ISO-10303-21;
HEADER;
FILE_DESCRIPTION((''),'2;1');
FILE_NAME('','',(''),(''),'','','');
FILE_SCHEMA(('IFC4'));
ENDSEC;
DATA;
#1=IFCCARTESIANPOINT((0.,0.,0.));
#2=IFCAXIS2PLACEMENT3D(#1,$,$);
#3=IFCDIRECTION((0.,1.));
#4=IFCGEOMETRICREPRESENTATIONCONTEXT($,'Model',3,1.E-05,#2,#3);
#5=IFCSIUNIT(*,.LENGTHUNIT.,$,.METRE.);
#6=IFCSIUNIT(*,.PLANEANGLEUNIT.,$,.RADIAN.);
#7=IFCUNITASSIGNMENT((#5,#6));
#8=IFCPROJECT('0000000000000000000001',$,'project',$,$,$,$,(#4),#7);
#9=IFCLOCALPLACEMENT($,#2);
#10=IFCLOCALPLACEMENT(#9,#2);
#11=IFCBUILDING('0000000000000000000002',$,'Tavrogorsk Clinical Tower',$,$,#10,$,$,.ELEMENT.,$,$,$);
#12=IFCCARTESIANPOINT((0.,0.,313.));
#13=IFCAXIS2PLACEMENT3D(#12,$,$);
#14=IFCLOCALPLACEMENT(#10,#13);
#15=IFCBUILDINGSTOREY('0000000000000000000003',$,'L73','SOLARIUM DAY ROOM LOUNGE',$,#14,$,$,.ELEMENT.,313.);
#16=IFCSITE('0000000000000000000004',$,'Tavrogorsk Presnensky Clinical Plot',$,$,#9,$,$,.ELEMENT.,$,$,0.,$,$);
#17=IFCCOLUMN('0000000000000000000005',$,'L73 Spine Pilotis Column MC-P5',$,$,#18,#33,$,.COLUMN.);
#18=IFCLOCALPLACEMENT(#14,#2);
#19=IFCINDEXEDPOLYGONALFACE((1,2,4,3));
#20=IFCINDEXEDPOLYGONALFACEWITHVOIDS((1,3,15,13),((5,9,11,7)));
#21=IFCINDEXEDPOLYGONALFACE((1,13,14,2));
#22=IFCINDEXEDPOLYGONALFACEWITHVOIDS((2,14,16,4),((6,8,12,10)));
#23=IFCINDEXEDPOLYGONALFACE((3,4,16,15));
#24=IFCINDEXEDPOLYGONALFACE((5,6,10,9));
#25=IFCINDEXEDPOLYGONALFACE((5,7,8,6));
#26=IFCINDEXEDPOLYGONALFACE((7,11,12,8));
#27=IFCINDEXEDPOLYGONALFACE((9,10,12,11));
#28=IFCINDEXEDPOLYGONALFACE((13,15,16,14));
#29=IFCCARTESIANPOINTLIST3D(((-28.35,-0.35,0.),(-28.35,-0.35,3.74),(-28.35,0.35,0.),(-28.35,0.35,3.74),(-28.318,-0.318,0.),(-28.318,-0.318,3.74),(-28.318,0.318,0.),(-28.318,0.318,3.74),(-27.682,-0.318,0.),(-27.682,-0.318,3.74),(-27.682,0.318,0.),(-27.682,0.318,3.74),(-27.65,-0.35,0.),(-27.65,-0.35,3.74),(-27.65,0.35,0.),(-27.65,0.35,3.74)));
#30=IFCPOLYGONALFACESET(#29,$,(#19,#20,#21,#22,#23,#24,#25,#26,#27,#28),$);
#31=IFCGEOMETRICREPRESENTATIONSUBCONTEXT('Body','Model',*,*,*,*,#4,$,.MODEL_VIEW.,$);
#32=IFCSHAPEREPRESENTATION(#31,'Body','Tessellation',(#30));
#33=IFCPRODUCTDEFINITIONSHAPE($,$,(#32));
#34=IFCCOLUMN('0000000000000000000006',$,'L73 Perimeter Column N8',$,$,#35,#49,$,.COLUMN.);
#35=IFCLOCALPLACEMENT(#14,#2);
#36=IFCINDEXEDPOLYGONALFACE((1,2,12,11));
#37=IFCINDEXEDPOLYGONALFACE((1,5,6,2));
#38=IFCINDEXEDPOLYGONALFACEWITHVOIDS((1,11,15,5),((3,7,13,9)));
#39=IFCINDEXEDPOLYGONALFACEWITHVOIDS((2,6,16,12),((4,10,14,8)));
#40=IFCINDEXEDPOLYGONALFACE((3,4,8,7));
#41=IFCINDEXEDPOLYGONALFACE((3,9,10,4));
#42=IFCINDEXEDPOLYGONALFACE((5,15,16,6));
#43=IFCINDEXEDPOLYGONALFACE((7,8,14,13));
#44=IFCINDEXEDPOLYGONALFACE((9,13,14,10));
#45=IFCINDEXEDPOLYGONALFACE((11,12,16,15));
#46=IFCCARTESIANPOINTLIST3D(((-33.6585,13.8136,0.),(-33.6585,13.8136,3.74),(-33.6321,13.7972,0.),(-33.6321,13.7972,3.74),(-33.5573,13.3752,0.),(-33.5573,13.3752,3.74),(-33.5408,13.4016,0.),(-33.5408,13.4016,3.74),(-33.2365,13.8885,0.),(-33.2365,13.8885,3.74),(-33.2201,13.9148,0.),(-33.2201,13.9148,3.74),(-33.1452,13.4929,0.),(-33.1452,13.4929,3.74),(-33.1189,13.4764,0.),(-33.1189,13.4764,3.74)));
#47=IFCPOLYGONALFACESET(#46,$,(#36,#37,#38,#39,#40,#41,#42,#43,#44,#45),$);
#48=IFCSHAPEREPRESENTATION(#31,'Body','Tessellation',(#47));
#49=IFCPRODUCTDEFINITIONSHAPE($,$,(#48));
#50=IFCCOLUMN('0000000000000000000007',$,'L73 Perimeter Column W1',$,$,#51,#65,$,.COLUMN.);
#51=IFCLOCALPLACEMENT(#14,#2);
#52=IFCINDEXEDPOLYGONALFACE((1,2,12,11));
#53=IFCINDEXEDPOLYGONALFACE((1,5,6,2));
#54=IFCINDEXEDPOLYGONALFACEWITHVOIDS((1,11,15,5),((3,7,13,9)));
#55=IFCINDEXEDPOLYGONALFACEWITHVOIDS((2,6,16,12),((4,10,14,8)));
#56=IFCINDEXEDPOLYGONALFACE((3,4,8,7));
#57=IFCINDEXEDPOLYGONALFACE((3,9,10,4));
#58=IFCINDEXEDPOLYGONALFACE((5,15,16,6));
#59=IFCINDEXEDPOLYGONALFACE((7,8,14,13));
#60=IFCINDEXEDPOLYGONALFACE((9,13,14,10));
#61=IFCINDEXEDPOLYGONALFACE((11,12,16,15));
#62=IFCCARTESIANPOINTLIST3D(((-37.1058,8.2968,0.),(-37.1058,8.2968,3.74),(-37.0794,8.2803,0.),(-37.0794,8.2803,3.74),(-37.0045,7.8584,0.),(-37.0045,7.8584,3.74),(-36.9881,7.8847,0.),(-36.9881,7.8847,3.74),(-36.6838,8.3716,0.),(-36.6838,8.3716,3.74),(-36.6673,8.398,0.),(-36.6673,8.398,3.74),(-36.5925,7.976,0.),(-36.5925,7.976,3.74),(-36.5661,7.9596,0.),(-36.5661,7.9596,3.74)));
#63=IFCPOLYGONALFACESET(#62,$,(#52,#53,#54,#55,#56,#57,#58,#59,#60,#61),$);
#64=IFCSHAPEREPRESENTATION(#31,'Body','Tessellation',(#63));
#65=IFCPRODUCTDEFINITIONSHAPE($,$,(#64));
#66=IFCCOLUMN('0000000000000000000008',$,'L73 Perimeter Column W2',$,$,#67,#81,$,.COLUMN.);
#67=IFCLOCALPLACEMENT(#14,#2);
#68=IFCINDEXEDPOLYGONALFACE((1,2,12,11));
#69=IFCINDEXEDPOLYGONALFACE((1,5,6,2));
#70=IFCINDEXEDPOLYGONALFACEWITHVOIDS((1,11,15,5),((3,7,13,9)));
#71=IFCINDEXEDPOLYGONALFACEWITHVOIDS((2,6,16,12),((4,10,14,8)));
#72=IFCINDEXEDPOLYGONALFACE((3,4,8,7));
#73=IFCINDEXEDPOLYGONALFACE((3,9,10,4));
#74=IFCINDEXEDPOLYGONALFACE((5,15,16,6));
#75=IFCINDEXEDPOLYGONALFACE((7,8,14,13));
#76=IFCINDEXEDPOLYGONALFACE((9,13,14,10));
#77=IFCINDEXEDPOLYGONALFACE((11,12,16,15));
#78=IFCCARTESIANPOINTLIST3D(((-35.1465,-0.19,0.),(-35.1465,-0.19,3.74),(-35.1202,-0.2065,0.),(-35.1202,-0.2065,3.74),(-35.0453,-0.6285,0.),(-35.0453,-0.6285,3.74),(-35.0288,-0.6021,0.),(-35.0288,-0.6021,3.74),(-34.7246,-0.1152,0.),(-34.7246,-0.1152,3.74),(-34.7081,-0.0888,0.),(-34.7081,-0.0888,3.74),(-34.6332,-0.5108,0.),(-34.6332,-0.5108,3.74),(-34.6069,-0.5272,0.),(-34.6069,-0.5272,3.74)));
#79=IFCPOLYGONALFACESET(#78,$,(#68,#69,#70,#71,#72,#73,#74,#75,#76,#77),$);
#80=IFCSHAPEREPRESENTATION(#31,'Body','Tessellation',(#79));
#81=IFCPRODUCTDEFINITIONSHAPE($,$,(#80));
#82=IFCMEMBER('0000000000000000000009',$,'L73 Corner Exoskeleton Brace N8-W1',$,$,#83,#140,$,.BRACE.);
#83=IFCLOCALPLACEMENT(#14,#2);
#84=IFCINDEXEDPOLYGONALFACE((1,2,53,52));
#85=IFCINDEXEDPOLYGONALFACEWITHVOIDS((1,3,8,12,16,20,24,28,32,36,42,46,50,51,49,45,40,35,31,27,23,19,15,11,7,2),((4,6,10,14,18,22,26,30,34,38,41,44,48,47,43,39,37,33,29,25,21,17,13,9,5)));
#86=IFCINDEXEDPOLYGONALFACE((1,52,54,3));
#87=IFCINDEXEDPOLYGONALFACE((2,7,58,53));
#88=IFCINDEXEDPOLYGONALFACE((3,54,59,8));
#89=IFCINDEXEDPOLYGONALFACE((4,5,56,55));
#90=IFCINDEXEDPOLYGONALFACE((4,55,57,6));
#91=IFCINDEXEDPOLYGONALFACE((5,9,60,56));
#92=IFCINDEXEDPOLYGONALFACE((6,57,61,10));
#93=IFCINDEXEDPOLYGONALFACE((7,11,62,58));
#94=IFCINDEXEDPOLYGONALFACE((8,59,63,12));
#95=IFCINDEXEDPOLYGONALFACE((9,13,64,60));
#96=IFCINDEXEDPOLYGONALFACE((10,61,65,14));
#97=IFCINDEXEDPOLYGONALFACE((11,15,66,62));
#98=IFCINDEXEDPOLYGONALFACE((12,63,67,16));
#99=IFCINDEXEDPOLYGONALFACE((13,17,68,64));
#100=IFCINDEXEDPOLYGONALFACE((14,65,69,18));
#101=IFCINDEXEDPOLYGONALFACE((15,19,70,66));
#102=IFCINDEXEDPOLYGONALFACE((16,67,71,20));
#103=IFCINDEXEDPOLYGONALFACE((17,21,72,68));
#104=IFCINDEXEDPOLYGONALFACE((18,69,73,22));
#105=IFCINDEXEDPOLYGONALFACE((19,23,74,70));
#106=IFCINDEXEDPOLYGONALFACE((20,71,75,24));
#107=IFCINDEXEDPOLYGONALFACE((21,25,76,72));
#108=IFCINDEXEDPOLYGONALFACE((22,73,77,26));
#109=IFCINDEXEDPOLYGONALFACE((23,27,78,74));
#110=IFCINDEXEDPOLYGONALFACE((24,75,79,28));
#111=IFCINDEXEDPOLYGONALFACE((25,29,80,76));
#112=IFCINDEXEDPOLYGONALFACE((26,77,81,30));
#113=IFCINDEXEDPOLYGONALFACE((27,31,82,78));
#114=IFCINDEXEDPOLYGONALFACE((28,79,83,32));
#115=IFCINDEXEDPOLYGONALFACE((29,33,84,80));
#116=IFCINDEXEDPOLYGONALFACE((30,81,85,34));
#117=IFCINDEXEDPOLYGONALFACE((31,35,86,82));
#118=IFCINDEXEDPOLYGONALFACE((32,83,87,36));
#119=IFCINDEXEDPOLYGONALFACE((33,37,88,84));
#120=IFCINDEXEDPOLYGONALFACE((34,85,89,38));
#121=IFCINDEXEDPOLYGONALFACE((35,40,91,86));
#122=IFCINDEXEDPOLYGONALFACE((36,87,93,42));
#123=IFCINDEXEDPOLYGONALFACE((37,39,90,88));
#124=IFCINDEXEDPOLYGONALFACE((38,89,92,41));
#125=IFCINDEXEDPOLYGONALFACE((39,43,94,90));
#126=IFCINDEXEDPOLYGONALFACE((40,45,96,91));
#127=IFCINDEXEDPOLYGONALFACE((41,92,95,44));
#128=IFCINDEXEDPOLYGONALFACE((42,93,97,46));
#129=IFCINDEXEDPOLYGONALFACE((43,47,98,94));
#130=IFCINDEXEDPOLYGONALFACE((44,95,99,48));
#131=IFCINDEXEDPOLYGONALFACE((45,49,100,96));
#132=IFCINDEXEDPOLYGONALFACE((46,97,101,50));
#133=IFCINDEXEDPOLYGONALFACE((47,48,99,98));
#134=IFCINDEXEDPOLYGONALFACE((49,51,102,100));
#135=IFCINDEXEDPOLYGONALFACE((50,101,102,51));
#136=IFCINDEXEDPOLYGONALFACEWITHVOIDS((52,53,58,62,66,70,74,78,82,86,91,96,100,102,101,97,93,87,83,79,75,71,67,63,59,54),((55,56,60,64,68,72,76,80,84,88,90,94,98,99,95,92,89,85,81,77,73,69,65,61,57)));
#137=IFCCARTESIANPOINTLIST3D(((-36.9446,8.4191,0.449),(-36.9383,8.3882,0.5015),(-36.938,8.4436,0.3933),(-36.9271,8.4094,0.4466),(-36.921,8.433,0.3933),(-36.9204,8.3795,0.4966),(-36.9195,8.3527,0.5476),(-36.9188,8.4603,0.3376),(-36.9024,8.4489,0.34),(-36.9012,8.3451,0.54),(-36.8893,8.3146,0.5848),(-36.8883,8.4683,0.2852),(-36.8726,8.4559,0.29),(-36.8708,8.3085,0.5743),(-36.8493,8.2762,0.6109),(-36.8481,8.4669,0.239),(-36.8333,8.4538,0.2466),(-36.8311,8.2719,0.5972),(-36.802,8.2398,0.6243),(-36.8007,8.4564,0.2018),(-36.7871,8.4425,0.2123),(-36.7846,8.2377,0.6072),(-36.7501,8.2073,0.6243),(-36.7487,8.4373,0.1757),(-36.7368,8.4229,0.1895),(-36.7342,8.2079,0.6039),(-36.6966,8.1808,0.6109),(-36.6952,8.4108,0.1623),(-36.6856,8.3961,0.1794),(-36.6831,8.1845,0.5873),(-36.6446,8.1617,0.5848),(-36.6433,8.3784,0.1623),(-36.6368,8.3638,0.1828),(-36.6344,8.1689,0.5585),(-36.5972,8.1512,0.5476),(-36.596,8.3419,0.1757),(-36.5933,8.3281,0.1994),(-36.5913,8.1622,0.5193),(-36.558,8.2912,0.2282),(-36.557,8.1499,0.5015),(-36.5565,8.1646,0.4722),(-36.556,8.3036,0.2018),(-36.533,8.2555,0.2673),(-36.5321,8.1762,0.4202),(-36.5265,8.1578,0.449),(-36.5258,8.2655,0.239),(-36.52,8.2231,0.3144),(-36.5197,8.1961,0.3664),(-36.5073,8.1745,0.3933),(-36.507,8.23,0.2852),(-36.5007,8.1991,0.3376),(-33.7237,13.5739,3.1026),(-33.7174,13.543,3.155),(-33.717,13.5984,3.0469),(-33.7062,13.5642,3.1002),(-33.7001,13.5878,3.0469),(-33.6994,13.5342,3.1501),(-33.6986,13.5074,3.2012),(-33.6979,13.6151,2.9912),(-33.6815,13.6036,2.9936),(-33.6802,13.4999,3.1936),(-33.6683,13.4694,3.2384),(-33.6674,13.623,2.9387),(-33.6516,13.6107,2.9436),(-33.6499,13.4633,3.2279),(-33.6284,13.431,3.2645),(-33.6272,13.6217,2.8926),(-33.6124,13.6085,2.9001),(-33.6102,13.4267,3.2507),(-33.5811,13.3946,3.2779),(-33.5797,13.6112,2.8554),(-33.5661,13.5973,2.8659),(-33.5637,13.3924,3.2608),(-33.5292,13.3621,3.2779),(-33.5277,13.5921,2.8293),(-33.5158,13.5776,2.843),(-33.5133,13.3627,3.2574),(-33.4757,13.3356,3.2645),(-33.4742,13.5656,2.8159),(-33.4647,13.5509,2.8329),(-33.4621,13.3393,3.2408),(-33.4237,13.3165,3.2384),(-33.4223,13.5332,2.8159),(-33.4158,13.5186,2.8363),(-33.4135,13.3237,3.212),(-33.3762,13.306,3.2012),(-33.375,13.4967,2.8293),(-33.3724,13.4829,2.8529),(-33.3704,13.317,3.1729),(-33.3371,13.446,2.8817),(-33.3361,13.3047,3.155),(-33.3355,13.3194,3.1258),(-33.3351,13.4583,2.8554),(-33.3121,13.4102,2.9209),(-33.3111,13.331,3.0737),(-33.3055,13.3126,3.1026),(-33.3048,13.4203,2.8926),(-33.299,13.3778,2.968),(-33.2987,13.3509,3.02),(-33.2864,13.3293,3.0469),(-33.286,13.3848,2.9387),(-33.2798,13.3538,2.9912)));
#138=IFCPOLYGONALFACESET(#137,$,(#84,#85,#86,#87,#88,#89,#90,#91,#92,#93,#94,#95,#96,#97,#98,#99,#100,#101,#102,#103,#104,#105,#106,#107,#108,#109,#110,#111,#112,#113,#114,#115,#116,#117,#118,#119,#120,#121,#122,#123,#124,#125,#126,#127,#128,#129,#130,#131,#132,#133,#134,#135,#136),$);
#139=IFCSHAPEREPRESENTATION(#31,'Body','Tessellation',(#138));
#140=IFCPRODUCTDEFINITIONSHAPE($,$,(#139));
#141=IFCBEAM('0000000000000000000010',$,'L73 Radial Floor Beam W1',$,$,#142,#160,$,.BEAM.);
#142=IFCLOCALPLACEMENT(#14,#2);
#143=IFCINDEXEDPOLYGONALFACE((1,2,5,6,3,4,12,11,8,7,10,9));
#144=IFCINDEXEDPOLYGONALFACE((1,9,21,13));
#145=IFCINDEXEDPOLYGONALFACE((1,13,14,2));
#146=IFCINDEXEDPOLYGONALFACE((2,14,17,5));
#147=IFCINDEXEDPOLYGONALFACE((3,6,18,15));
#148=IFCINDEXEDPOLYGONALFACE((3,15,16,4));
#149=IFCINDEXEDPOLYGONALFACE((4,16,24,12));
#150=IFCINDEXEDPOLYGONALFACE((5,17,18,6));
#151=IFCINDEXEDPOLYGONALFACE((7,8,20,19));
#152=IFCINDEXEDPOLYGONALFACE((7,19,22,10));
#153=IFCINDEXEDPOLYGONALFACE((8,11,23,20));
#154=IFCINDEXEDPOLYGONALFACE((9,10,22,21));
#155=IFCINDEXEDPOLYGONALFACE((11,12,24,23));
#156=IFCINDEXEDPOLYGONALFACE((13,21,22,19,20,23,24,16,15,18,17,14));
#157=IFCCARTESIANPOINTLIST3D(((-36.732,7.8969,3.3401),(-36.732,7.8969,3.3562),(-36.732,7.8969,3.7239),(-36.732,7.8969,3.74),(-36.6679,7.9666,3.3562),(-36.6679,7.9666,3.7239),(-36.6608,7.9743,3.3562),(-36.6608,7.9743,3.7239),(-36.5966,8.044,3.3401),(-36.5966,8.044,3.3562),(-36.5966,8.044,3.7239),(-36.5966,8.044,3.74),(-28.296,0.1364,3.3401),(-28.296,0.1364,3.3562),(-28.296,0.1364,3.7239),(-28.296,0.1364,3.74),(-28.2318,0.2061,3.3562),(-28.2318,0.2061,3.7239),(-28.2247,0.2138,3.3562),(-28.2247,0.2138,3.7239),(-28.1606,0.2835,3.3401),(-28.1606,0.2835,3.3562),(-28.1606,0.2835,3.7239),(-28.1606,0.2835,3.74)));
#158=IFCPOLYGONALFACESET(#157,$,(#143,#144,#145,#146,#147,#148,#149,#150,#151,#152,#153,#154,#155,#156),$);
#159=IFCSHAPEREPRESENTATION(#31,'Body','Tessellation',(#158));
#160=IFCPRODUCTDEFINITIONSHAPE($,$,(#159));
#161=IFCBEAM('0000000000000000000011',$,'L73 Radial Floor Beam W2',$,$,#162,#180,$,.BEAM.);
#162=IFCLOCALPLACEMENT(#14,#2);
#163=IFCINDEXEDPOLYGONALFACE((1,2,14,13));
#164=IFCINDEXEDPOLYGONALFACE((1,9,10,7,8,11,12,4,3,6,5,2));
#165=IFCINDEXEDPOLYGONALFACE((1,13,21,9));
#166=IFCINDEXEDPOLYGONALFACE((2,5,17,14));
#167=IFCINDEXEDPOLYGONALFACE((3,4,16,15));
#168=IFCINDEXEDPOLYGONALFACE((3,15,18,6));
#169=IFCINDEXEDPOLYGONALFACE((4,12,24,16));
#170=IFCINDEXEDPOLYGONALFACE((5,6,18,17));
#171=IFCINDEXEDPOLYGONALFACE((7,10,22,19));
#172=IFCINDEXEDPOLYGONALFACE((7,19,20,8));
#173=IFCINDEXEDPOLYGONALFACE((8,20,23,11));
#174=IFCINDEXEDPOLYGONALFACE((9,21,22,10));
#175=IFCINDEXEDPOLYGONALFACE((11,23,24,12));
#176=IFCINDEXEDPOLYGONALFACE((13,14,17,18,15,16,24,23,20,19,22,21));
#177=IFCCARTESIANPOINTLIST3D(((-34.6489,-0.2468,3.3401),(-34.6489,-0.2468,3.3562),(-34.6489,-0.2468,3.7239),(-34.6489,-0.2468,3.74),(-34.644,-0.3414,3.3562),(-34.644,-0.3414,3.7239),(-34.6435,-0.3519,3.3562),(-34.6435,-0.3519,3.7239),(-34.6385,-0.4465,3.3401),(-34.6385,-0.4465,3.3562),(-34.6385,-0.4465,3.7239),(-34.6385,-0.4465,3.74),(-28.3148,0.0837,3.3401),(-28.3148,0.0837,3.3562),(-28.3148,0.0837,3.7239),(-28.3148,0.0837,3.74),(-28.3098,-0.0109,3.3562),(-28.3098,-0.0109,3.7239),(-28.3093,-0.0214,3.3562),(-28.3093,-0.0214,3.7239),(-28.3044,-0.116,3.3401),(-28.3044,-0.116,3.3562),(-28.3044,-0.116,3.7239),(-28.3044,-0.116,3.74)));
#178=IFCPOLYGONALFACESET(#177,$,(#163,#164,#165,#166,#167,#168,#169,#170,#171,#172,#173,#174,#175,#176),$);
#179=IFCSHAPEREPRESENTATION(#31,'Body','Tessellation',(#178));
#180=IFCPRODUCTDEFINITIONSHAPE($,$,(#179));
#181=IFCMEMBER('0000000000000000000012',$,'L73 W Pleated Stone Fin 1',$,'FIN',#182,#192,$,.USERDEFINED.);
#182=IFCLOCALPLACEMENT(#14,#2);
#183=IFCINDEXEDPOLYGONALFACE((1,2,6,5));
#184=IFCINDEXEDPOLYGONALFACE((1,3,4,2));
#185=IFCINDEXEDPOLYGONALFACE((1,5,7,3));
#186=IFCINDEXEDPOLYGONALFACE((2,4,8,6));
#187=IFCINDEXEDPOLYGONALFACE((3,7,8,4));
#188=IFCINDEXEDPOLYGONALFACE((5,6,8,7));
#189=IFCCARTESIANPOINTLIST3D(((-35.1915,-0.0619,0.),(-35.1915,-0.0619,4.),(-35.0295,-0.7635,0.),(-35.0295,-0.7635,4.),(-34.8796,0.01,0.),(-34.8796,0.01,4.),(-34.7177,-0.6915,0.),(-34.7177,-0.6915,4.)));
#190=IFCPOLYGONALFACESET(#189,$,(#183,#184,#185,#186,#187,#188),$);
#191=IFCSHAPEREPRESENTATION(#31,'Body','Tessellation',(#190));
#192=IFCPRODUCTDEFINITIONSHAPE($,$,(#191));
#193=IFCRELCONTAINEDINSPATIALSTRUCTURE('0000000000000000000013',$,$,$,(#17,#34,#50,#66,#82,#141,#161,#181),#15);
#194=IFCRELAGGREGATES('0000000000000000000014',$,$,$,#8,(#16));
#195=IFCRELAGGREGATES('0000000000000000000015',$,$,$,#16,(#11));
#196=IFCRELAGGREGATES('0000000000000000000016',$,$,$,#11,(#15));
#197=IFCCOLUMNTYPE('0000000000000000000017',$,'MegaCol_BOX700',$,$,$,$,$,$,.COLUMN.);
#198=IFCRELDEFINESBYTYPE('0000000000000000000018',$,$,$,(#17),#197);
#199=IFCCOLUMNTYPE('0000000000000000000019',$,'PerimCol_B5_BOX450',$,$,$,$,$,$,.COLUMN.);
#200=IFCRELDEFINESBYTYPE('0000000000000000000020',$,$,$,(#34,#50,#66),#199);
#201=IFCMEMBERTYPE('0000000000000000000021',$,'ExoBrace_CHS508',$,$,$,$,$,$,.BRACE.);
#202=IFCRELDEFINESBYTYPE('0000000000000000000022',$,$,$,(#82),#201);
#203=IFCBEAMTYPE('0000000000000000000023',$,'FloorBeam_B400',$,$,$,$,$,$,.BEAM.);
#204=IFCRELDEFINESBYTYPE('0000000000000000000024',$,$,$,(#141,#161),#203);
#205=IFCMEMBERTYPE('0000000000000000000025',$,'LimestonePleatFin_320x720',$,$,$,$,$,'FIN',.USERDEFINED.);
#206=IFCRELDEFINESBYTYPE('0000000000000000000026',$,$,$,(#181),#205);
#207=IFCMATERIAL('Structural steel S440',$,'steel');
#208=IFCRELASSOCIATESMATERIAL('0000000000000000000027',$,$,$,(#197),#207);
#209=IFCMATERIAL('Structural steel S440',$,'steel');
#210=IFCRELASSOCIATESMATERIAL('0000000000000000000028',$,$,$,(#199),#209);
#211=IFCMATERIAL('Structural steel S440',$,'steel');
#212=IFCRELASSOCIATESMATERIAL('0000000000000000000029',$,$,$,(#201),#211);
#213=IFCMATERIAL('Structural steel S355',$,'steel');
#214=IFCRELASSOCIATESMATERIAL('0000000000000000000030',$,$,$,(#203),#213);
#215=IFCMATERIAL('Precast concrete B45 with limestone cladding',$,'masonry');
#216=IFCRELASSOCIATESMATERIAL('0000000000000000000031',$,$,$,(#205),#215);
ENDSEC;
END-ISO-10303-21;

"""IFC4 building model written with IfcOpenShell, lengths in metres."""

from ifc_helpers import new_model, si_unit, direction, frame, origin, origin_2d, place, context, subcontext, project, spatial, rectangle, hollow_rectangle, hollow_circle, i_section, extrude, material, material_profile, profile_set, type_object, element, save


model = new_model("IFC4")

# Units and contexts
model_context = context("Model", 3, precision=1e-05, world=origin(), true_north=direction((0.0, 1.0)))
body_context = subcontext(model_context, "Body", "Model", "MODEL_VIEW")
ifc_project = project(units=[si_unit("LENGTHUNIT", "METRE"), si_unit("PLANEANGLEUNIT", "RADIAN")], contexts=[model_context])

# Site, building, storey
site_placement = place(None, origin())
site = spatial("IfcSite", under=ifc_project, at=site_placement, Name="Tavrogorsk Presnensky Clinical Plot", CompositionType="ELEMENT", RefElevation=0.0)
building_placement = place(site_placement, origin())
building = spatial("IfcBuilding", under=site, at=building_placement, Name="Tavrogorsk Clinical Tower", CompositionType="ELEMENT")
storey_placement = place(building_placement, frame((0.0, 0.0, 313.0)))
storey = spatial("IfcBuildingStorey", under=building, at=storey_placement, Name="L73", Description="SOLARIUM DAY ROOM LOUNGE", CompositionType="ELEMENT", Elevation=313.0)

# Columns
ifc_material_1 = material(Name="Structural steel S440", Category="steel")
ifc_material_profile_1 = material_profile(ifc_material_1, hollow_rectangle(XDim=0.7, YDim=0.7, WallThickness=0.032, at=origin_2d()), Name="BOX-700x700x32")
ifc_profile_set_1 = profile_set([ifc_material_profile_1], Name="Structural steel S440")
column_type_1 = type_object("IfcColumnType", Name="MegaCol_BOX700", PredefinedType="COLUMN", material=ifc_profile_set_1)
column_placement = place(storey_placement, frame((-28.0, 0.0, 0.0), z_axis=(0.0, 0.0, 1.0), x_axis=(1.0, 0.0, 0.0)))
element("IfcColumn", 1, at=column_placement, inside=storey, type_object=column_type_1, Name="L73 Spine Pilotis Column MC-P5", PredefinedType="COLUMN", context=body_context, shape_type="SweptSolid", body=[
    extrude(hollow_rectangle(XDim=0.7, YDim=0.7, WallThickness=0.032, at=origin_2d()), origin(), (0.0, 0.0, 1.0), 3.74),
])
ifc_material_2 = material(Name="Structural steel S440", Category="steel")
ifc_material_profile_2 = material_profile(ifc_material_2, hollow_rectangle(XDim=0.45, YDim=0.45, WallThickness=0.022, at=origin_2d()), Name="BOX-450x450x22")
ifc_profile_set_2 = profile_set([ifc_material_profile_2], Name="Structural steel S440")
column_type_2 = type_object("IfcColumnType", Name="PerimCol_B5_BOX450", PredefinedType="COLUMN", material=ifc_profile_set_2)
for number, where, z_axis, x_axis, name in (
    (2, (-33.3887, 13.645, 0.0), (0.0, 0.0, 1.0), (0.97437, 0.224951, 0.0), "L73 Perimeter Column N8"),
    (3, (-36.8359, 8.1282, 0.0), (0.0, 0.0, 1.0), (0.97437, 0.224951, 0.0), "L73 Perimeter Column W1"),
    (4, (-34.8767, -0.3586, 0.0), (0.0, 0.0, 1.0), (0.97437, 0.224951, 0.0), "L73 Perimeter Column W2"),
):
    element("IfcColumn", number, at=place(storey_placement, frame(where, z_axis=z_axis, x_axis=x_axis)), inside=storey, type_object=column_type_2, Name=name, PredefinedType="COLUMN", context=body_context, shape_type="SweptSolid", body=[
        extrude(hollow_rectangle(XDim=0.45, YDim=0.45, WallThickness=0.022, at=origin_2d()), origin(), (0.0, 0.0, 1.0), 3.74),
    ])

# Member
ifc_material_3 = material(Name="Structural steel S440", Category="steel")
ifc_material_profile_3 = material_profile(ifc_material_3, hollow_circle(Radius=0.2539, WallThickness=0.02, at=origin_2d()), Name="CHS-508x20")
ifc_profile_set_3 = profile_set([ifc_material_profile_3], Name="Structural steel S440")
member_type_1 = type_object("IfcMemberType", Name="ExoBrace_CHS508", PredefinedType="BRACE", material=ifc_profile_set_3)
member_1_placement = place(storey_placement, frame((-36.7227, 8.3091, 0.3933), z_axis=(0.485644, 0.777222, 0.400096), x_axis=(-0.848057, 0.529905, 0.0)))
element("IfcMember", 5, at=member_1_placement, inside=storey, type_object=member_type_1, Name="L73 Corner Exoskeleton Brace N8-W1", PredefinedType="BRACE", context=body_context, shape_type="SweptSolid", body=[
    extrude(hollow_circle(Radius=0.2539, WallThickness=0.02, at=origin_2d()), origin(), (0.0, 0.0, 1.0), 6.6323),
])

# Beams
ifc_material_4 = material(Name="Structural steel S355", Category="steel")
ifc_material_profile_4 = material_profile(ifc_material_4, i_section(OverallWidth=0.2, OverallDepth=0.3999, WebThickness=0.0105, FlangeThickness=0.0161, at=origin_2d()), Name="B-400x200x10.5x16")
ifc_profile_set_4 = profile_set([ifc_material_profile_4], Name="Structural steel S355")
beam_type_1 = type_object("IfcBeamType", Name="FloorBeam_B400", PredefinedType="BEAM", material=ifc_profile_set_4)
beam_1_placement = place(storey_placement, frame((-28.2283, 0.21, 3.54), z_axis=(-0.735959, 0.677026, 0.0), x_axis=(-0.677026, -0.735959, 0.0)))
element("IfcBeam", 6, at=beam_1_placement, inside=storey, type_object=beam_type_1, Name="L73 Radial Floor Beam W1", PredefinedType="BEAM", context=body_context, shape_type="SweptSolid", body=[
    extrude(i_section(OverallWidth=0.2, OverallDepth=0.3999, WebThickness=0.0105, FlangeThickness=0.0161, at=origin_2d()), origin(), (0.0, 0.0, 1.0), 11.4626),
])
beam_2_placement = place(storey_placement, frame((-28.3096, -0.0161, 3.54), z_axis=(-0.998641, -0.052116, 0.0), x_axis=(0.052116, -0.998641, 0.0)))
element("IfcBeam", 7, at=beam_2_placement, inside=storey, type_object=beam_type_1, Name="L73 Radial Floor Beam W2", PredefinedType="BEAM", context=body_context, shape_type="SweptSolid", body=[
    extrude(i_section(OverallWidth=0.2, OverallDepth=0.3999, WebThickness=0.0105, FlangeThickness=0.0161, at=origin_2d()), origin(), (0.0, 0.0, 1.0), 6.3428),
])

# Member
ifc_material_5 = material(Name="Precast concrete B45 with limestone cladding", Category="masonry")
ifc_material_profile_5 = material_profile(ifc_material_5, rectangle(XDim=0.3201, YDim=0.72, at=origin_2d()), Name="LIMESTONE-FIN-320x720")
ifc_profile_set_5 = profile_set([ifc_material_profile_5], Name="Precast concrete B45 with limestone cladding")
member_type_2 = type_object("IfcMemberType", Name="LimestonePleatFin_320x720", ElementType="FIN", PredefinedType="USERDEFINED", material=ifc_profile_set_5)
member_2_placement = place(storey_placement, frame((-34.9546, -0.3767, 0.0), z_axis=(0.0, 0.0, 1.0), x_axis=(0.97437, 0.224951, 0.0)))
element("IfcMember", 8, at=member_2_placement, inside=storey, type_object=member_type_2, Name="L73 W Pleated Stone Fin 1", ObjectType="FIN", PredefinedType="USERDEFINED", context=body_context, shape_type="SweptSolid", body=[
    extrude(rectangle(XDim=0.3201, YDim=0.72, at=origin_2d()), origin(), (0.0, 0.0, 1.0), 4.0),
])

save(model, "model.ifc")
